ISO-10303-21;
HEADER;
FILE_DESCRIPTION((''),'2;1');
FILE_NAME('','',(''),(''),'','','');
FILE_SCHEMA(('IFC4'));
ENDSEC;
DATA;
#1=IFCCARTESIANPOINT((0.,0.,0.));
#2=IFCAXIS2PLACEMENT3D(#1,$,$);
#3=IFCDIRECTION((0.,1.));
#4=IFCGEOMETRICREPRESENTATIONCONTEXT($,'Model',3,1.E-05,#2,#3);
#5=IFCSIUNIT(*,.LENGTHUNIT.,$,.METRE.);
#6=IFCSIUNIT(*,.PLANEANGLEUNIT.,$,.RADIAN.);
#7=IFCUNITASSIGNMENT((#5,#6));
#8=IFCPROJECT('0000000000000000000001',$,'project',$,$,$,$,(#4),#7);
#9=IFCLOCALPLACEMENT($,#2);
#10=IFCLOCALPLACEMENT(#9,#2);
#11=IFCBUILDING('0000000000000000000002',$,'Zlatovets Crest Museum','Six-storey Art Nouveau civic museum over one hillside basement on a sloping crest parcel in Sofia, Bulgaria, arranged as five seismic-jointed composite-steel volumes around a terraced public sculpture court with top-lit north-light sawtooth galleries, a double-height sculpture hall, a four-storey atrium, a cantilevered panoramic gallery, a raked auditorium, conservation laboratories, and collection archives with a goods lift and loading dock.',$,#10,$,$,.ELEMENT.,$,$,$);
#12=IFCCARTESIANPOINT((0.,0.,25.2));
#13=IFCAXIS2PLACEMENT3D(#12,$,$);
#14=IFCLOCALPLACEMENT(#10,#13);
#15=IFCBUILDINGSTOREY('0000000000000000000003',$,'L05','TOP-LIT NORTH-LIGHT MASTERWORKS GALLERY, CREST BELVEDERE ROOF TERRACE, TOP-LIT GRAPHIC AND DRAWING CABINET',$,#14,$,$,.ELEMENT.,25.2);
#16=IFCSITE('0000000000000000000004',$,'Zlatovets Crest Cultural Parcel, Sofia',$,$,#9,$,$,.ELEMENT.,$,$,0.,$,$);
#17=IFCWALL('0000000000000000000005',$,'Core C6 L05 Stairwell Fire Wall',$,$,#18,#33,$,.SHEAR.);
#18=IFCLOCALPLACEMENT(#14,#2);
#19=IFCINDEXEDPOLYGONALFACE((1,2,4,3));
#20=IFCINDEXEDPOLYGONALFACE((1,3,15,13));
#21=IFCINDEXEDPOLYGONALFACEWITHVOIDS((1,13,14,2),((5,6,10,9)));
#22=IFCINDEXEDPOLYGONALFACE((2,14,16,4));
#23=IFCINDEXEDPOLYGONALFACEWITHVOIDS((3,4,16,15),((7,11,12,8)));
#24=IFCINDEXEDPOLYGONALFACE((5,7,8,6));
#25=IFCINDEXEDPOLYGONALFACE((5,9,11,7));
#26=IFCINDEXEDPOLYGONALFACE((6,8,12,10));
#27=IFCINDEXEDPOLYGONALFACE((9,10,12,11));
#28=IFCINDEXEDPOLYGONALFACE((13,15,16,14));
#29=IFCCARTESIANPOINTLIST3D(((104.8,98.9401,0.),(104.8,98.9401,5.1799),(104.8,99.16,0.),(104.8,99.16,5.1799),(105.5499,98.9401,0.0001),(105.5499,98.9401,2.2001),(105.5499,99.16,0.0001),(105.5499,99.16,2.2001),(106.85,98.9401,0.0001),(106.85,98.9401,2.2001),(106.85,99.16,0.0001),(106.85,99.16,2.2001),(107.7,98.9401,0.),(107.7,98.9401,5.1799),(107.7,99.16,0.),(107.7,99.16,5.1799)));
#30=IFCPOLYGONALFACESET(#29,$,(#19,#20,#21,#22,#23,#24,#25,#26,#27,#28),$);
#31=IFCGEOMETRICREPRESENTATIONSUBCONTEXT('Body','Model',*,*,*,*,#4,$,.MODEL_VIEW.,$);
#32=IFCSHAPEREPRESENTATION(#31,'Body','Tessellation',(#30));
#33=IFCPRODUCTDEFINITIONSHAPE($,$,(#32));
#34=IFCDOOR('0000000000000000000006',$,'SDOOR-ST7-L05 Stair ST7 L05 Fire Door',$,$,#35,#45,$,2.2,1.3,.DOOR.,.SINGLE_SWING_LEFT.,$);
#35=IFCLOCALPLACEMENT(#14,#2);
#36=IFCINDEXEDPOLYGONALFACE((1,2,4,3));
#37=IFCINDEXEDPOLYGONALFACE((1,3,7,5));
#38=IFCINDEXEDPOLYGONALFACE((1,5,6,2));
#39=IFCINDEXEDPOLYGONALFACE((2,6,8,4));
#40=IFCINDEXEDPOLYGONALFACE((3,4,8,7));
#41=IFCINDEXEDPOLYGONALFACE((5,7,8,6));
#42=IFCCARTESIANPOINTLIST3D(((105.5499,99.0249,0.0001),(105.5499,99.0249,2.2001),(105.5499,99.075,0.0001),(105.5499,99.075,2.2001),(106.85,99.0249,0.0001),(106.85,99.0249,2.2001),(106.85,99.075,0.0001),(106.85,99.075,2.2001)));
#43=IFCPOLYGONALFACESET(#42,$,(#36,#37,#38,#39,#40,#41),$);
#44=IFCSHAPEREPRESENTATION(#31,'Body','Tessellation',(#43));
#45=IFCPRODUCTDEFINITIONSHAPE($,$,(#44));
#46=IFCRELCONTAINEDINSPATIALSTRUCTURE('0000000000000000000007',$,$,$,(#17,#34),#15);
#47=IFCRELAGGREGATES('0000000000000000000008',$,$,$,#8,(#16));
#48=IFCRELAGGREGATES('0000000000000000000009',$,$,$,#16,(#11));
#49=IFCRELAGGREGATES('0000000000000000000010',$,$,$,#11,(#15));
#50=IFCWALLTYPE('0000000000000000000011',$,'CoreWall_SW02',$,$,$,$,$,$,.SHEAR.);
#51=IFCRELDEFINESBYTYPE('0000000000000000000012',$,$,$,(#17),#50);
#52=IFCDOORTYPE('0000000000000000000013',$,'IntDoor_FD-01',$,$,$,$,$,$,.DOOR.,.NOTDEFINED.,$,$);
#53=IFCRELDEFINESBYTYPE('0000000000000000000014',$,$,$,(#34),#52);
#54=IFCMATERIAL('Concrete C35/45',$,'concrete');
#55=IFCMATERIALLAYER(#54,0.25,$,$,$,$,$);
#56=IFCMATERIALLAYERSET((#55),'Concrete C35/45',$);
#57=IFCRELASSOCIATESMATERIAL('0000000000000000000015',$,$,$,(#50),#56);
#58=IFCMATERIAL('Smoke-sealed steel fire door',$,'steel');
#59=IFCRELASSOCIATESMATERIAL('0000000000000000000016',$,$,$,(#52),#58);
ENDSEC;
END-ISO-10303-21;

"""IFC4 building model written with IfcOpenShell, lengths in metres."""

from ifc_helpers import new_model, si_unit, direction, frame, frame_2d, origin, place, context, subcontext, project, spatial, rectangle, extrude, material, layer, layer_set, type_object, element, fill, save


model = new_model("IFC4")

# Units and contexts
model_context = context("Model", 3, precision=1e-05, world=origin(), true_north=direction((0.0, 1.0)))
body_context = subcontext(model_context, "Body", "Model", "MODEL_VIEW")
ifc_project = project(units=[si_unit("LENGTHUNIT", "METRE"), si_unit("PLANEANGLEUNIT", "RADIAN")], contexts=[model_context])

# Site, building, storey
site_placement = place(None, origin())
site = spatial("IfcSite", under=ifc_project, at=site_placement, Name="Zlatovets Crest Cultural Parcel, Sofia", CompositionType="ELEMENT", RefElevation=0.0)
building_placement = place(site_placement, origin())
building = spatial("IfcBuilding", under=site, at=building_placement, Name="Zlatovets Crest Museum", Description="Six-storey Art Nouveau civic museum over one hillside basement on a sloping crest parcel in Sofia, Bulgaria, arranged as five seismic-jointed composite-steel volumes around a terraced public sculpture court with top-lit north-light sawtooth galleries, a double-height sculpture hall, a four-storey atrium, a cantilevered panoramic gallery, a raked auditorium, conservation laboratories, and collection archives with a goods lift and loading dock.", CompositionType="ELEMENT")
storey_placement = place(building_placement, frame((0.0, 0.0, 25.2)))
storey = spatial("IfcBuildingStorey", under=building, at=storey_placement, Name="L05", Description="TOP-LIT NORTH-LIGHT MASTERWORKS GALLERY, CREST BELVEDERE ROOF TERRACE, TOP-LIT GRAPHIC AND DRAWING CABINET", CompositionType="ELEMENT", Elevation=25.2)

# Wall, opening, door
ifc_material_1 = material(Name="Concrete C35/45", Category="concrete")
ifc_layer_1 = layer(ifc_material_1, 0.25)
ifc_layer_set_1 = layer_set([ifc_layer_1], Name="Concrete C35/45")
wall_type = type_object("IfcWallType", Name="CoreWall_SW02", PredefinedType="SHEAR", material=ifc_layer_set_1)
wall_placement = place(storey_placement, frame((104.8, 99.05, 0.0), z_axis=(0.0, 0.0, 1.0), x_axis=(1.0, 0.0, 0.0)))
wall = element("IfcWall", 1, at=wall_placement, inside=storey, type_object=wall_type, Name="Core C6 L05 Stairwell Fire Wall", PredefinedType="SHEAR", context=body_context, shape_type="SweptSolid", body=[
    extrude(rectangle(XDim=2.8999, YDim=0.22, at=frame_2d((1.45, 0.0))), origin(), (0.0, 0.0, 1.0), 5.1799),
])
opening_placement = place(wall_placement, frame((0.75, 0.0, 0.0)))
opening = element("IfcOpeningElement", 2, at=opening_placement, cuts=wall, PredefinedType="OPENING", context=body_context, shape_type="SweptSolid", body=[
    extrude(rectangle(XDim=1.3, YDim=2.2, at=frame_2d((0.6499, 1.1001))), frame((0.0, 0.1201, 0.0), z_axis=(0.0, -1.0, 0.0), x_axis=(1.0, 0.0, 0.0)), (0.0, 0.0, 1.0), 0.24),
])
ifc_material_2 = material(Name="Smoke-sealed steel fire door", Category="steel")
door_type = type_object("IfcDoorType", Name="IntDoor_FD-01", OperationType="NOTDEFINED", PredefinedType="DOOR", material=ifc_material_2)
door_placement = place(opening_placement, origin())
door = element("IfcDoor", 3, at=door_placement, inside=storey, type_object=door_type, Name="SDOOR-ST7-L05 Stair ST7 L05 Fire Door", OperationType="SINGLE_SWING_LEFT", OverallHeight=2.2, OverallWidth=1.3, PredefinedType="DOOR", context=body_context, shape_type="SweptSolid", body=[
    extrude(rectangle(XDim=1.3, YDim=2.2, at=frame_2d((0.6499, 1.1001))), frame((0.0, 0.0249, 0.0), z_axis=(0.0, -1.0, 0.0), x_axis=(1.0, 0.0, 0.0)), (0.0, 0.0, 1.0), 0.05),
])
fill(opening, door)

save(model, "model.ifc")
